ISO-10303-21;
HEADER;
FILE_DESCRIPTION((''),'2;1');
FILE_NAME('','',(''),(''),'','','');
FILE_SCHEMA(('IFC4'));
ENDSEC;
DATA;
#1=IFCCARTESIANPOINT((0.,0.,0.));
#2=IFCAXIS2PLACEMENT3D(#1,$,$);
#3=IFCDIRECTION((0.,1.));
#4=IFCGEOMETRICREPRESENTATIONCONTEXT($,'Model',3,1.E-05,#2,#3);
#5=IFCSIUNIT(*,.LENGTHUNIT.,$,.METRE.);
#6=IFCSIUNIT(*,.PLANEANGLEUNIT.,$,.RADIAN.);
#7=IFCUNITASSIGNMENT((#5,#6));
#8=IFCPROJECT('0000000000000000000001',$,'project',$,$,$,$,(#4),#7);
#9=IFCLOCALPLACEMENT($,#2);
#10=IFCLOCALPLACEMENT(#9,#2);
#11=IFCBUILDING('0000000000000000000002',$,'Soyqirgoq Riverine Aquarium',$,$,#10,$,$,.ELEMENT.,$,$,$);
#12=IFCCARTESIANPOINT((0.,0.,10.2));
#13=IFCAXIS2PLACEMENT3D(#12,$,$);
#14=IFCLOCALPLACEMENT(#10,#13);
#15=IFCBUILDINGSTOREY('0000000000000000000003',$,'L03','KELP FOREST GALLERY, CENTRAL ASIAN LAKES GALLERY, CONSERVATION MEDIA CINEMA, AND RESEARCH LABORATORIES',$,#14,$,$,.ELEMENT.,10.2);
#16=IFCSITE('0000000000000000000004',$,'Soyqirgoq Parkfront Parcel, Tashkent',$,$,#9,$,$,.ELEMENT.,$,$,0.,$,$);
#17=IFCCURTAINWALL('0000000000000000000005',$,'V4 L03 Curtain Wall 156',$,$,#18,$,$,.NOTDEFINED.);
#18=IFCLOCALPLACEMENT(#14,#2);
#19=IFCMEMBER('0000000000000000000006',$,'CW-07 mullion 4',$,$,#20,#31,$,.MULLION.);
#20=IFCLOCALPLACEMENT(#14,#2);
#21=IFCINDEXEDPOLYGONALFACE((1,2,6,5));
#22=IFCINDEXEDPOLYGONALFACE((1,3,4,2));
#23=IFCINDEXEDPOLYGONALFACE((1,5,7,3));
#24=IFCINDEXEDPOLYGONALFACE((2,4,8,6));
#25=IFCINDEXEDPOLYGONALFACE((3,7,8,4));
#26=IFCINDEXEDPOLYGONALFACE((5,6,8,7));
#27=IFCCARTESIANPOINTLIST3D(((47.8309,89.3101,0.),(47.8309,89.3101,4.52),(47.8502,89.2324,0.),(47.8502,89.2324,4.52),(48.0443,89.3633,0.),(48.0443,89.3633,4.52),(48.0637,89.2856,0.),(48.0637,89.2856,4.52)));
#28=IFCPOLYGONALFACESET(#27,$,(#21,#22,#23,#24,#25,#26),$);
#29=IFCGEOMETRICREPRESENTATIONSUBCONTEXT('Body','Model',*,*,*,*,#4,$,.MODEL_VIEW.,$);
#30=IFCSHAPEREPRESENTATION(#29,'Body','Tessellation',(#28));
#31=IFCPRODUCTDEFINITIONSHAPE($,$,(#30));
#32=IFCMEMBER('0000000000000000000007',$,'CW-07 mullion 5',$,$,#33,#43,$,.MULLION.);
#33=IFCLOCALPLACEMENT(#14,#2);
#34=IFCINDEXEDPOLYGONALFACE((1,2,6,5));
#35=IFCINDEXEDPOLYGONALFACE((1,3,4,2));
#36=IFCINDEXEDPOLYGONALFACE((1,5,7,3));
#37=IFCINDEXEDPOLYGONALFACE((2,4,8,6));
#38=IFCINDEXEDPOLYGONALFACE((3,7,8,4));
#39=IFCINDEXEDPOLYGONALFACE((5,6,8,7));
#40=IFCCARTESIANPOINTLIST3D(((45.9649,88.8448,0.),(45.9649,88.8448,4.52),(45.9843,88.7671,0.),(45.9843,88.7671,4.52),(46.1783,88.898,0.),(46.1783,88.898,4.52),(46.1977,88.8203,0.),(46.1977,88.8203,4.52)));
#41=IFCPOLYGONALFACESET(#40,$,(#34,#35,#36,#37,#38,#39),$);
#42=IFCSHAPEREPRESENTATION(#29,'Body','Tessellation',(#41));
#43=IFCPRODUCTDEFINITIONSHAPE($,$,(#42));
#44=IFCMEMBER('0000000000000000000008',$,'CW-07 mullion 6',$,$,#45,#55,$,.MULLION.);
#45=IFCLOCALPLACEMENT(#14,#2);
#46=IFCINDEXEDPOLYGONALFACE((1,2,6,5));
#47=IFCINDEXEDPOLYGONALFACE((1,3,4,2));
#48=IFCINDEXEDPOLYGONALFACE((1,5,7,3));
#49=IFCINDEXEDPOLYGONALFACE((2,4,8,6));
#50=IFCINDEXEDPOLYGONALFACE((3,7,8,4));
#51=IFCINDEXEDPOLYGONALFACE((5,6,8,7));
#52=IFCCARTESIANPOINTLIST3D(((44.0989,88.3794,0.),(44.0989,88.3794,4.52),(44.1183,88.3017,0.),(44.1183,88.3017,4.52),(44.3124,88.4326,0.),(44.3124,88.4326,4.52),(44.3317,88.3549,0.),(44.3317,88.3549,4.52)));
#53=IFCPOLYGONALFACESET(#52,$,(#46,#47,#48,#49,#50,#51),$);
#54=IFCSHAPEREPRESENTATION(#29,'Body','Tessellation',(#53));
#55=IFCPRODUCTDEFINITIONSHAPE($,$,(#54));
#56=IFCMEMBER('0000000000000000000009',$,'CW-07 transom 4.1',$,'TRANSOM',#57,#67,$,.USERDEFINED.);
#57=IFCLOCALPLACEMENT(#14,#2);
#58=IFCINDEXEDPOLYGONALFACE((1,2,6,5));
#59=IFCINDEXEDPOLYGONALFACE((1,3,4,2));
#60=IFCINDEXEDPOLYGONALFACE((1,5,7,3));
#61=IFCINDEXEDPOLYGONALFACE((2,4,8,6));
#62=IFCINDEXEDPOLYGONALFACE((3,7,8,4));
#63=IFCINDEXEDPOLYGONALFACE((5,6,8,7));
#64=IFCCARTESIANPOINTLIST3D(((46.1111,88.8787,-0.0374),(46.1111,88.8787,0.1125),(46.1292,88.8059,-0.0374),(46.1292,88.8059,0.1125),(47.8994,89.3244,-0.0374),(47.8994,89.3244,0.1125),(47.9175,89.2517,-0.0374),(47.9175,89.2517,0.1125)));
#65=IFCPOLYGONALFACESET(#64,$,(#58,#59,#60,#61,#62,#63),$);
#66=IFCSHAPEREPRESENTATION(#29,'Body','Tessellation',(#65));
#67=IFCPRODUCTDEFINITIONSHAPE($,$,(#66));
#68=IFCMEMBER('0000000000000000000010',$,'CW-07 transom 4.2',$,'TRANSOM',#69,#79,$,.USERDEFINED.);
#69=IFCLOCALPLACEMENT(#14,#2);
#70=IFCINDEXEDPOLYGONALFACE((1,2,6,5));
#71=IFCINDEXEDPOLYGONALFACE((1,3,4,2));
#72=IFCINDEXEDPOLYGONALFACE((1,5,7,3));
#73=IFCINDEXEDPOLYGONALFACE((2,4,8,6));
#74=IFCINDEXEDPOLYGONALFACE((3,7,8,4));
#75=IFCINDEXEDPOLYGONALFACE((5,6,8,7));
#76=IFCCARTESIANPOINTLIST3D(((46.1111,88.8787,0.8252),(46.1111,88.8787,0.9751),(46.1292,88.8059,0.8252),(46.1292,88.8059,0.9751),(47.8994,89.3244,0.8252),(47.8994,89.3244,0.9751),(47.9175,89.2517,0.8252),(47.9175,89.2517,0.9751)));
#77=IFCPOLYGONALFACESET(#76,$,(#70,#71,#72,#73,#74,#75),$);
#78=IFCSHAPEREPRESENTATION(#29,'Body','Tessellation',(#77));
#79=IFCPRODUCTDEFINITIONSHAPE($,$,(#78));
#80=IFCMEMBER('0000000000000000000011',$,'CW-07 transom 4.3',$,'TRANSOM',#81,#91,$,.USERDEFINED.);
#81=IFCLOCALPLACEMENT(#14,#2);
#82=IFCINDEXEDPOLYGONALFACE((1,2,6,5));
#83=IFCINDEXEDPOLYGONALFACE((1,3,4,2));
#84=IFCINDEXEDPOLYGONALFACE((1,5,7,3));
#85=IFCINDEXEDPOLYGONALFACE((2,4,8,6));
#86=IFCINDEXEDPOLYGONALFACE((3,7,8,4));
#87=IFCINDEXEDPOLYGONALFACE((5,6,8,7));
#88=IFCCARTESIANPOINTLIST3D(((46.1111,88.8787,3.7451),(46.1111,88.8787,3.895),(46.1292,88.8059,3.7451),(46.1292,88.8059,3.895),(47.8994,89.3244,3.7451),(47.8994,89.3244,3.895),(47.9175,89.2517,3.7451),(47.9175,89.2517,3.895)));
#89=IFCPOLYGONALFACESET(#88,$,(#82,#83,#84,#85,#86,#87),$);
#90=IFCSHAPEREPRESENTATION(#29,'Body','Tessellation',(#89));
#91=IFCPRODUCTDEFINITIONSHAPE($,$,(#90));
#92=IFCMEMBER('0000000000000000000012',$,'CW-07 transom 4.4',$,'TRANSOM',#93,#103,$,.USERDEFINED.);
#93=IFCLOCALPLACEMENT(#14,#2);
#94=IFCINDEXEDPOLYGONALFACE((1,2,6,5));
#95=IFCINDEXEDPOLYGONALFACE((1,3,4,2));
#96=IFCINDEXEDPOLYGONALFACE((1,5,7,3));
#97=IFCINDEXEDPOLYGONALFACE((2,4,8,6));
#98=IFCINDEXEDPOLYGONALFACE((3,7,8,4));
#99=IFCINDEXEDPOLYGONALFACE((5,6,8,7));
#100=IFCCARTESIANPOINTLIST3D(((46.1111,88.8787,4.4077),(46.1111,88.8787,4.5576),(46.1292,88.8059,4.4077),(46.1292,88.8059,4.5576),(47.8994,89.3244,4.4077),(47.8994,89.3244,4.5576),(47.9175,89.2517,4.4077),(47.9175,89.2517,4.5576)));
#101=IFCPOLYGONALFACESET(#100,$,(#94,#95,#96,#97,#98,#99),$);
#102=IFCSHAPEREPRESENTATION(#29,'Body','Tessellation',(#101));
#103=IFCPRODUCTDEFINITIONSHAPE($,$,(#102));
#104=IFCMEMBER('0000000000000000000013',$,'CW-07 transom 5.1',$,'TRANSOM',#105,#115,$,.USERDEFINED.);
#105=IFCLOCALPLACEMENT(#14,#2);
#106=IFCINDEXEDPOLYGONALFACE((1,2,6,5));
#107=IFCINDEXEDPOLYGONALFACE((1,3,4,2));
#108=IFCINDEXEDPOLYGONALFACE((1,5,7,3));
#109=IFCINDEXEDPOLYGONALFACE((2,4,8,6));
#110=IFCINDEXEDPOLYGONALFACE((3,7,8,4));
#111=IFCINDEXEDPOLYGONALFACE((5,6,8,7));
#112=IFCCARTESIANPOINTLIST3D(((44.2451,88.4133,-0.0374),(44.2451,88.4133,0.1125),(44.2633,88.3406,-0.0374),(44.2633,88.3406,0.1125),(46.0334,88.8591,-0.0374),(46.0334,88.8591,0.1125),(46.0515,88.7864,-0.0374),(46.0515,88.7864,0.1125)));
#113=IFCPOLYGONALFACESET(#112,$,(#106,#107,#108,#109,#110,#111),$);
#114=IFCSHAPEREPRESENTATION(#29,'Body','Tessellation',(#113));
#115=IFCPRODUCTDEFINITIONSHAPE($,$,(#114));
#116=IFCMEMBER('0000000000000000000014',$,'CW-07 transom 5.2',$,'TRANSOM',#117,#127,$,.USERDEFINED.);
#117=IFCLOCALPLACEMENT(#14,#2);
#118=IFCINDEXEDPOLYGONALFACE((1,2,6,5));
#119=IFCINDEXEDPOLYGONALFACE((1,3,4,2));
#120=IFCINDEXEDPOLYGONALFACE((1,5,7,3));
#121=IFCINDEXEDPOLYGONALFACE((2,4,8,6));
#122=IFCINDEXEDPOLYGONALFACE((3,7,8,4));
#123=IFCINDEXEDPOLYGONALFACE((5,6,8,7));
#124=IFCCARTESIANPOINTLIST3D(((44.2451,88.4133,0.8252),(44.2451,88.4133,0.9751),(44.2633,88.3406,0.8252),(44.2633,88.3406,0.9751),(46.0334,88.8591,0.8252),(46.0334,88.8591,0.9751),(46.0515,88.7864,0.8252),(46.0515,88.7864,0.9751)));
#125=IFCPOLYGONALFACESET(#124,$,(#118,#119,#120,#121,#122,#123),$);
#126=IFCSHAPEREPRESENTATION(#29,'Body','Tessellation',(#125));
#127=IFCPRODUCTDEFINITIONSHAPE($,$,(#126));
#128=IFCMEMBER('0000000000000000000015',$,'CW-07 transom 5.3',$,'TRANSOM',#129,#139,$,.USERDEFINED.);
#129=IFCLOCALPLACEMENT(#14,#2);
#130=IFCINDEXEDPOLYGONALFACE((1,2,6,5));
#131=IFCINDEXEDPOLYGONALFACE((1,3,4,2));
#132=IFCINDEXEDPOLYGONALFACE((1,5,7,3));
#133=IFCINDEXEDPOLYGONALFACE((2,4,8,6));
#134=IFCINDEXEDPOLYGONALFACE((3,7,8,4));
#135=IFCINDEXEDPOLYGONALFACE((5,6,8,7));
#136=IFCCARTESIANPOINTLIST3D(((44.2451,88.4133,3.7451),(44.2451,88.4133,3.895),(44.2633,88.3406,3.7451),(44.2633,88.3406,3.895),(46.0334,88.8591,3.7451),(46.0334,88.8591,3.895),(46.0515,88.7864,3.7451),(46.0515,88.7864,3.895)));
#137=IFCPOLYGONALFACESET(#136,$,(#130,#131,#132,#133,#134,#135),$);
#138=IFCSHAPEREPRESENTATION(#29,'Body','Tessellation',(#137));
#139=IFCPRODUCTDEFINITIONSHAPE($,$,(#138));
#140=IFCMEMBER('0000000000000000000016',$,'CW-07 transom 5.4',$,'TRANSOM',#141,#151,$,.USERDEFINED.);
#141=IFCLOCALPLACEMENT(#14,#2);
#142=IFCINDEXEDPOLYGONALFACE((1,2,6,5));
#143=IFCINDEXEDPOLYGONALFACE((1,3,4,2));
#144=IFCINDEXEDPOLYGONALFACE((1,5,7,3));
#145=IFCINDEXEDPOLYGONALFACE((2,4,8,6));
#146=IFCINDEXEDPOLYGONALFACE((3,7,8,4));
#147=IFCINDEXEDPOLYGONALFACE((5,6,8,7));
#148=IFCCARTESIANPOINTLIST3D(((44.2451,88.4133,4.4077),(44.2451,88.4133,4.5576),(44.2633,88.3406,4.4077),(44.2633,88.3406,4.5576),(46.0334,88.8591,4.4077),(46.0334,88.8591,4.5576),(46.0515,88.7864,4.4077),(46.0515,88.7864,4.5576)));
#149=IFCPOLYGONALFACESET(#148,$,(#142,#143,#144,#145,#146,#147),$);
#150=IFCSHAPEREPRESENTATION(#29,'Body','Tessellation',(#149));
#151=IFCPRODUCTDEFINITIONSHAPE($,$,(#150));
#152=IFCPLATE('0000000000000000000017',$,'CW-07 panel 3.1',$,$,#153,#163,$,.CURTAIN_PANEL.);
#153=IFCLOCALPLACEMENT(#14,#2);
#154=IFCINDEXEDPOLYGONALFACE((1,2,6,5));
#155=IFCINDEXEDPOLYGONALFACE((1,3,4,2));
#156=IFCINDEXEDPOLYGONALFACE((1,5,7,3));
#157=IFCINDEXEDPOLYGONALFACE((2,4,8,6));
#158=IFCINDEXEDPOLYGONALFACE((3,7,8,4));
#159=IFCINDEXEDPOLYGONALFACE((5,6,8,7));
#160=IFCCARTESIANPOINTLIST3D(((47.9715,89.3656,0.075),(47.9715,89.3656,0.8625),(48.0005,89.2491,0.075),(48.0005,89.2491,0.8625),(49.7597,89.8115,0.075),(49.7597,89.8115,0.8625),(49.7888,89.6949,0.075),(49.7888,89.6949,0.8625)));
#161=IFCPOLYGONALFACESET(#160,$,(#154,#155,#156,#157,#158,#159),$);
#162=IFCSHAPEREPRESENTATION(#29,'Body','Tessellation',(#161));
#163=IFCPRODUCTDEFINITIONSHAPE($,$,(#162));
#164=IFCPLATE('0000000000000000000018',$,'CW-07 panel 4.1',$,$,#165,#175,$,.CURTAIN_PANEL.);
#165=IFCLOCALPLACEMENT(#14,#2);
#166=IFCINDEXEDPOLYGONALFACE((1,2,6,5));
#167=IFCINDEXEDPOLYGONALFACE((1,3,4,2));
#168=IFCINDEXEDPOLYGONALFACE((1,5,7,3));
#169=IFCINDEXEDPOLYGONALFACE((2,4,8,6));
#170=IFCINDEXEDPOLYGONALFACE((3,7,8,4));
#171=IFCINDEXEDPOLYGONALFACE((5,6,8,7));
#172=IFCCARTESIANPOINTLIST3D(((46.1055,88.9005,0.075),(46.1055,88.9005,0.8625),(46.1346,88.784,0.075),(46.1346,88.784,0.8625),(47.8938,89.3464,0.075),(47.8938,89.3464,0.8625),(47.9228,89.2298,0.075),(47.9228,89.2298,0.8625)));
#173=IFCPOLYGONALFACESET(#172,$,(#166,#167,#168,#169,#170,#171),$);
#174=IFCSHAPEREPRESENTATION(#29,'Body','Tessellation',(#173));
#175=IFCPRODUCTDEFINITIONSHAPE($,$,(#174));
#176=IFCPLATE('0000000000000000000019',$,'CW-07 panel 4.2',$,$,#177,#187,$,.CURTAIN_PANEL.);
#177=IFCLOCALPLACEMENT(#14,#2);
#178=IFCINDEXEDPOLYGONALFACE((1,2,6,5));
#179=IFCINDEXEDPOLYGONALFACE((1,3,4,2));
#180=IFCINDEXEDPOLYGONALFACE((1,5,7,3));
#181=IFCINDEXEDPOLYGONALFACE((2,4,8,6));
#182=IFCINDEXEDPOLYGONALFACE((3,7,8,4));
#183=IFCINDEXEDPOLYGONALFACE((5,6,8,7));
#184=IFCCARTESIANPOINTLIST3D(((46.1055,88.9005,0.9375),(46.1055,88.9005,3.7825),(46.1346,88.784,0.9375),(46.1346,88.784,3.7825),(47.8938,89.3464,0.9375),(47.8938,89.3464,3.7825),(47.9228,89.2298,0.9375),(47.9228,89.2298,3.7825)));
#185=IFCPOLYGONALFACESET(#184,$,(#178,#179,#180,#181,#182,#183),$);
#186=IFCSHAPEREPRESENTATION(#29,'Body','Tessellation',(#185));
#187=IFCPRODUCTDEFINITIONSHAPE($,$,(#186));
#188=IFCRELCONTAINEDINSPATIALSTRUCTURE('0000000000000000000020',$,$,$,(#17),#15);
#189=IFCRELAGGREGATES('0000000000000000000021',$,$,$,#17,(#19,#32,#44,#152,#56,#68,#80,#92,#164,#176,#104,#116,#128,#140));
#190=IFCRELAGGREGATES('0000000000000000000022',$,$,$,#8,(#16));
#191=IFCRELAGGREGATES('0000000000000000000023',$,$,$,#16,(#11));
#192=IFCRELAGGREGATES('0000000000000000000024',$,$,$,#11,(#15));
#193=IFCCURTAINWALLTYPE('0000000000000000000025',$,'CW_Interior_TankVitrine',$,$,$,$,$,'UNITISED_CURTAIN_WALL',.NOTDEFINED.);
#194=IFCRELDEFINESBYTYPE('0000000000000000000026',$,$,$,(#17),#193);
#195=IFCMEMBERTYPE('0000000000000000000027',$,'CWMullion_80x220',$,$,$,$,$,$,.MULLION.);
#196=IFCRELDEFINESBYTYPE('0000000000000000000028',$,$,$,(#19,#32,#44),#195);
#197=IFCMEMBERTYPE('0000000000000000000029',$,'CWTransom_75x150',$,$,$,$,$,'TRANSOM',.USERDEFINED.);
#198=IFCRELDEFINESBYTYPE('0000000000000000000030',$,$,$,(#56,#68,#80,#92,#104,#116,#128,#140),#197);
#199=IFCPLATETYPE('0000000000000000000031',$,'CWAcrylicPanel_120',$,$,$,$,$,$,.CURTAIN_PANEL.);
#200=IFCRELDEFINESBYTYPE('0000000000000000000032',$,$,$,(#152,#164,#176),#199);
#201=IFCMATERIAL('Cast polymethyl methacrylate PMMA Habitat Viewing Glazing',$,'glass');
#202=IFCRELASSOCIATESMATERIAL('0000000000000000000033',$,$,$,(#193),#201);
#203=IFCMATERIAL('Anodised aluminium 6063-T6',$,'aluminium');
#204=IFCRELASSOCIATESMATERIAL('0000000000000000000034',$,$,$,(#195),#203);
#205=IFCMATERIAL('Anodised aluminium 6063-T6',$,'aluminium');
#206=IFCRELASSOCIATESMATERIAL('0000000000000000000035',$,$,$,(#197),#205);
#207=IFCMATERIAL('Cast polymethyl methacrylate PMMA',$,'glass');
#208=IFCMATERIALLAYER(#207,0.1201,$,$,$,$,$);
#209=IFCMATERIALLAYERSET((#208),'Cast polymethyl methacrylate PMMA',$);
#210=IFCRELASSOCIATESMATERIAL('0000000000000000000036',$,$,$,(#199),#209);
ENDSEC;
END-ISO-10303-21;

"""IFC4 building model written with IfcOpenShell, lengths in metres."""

from ifc_helpers import new_model, si_unit, direction, frame, origin, origin_2d, place, context, subcontext, project, spatial, rectangle, extrude, material, layer, layer_set, material_profile, profile_set, type_object, element, aggregate, save


model = new_model("IFC4")

# Units and contexts
model_context = context("Model", 3, precision=1e-05, world=origin(), true_north=direction((0.0, 1.0)))
body_context = subcontext(model_context, "Body", "Model", "MODEL_VIEW")
ifc_project = project(units=[si_unit("LENGTHUNIT", "METRE"), si_unit("PLANEANGLEUNIT", "RADIAN")], contexts=[model_context])

# Site, building, storey
site_placement = place(None, origin())
site = spatial("IfcSite", under=ifc_project, at=site_placement, Name="Soyqirgoq Parkfront Parcel, Tashkent", CompositionType="ELEMENT", RefElevation=0.0)
building_placement = place(site_placement, origin())
building = spatial("IfcBuilding", under=site, at=building_placement, Name="Soyqirgoq Riverine Aquarium", CompositionType="ELEMENT")
storey_placement = place(building_placement, frame((0.0, 0.0, 10.2)))
storey = spatial("IfcBuildingStorey", under=building, at=storey_placement, Name="L03", Description="KELP FOREST GALLERY, CENTRAL ASIAN LAKES GALLERY, CONSERVATION MEDIA CINEMA, AND RESEARCH LABORATORIES", CompositionType="ELEMENT", Elevation=10.2)

# Curtain wall, members, plates
ifc_material_1 = material(Name="Cast polymethyl methacrylate PMMA Habitat Viewing Glazing", Category="glass")
curtain_wall_type = type_object("IfcCurtainWallType", Name="CW_Interior_TankVitrine", ElementType="UNITISED_CURTAIN_WALL", PredefinedType="NOTDEFINED", material=ifc_material_1)
curtain_wall_placement = place(storey_placement, origin())
curtain_wall = element("IfcCurtainWall", 1, at=curtain_wall_placement, inside=storey, type_object=curtain_wall_type, Name="V4 L03 Curtain Wall 156", PredefinedType="NOTDEFINED")
ifc_material_2 = material(Name="Anodised aluminium 6063-T6", Category="aluminium")
ifc_material_profile_1 = material_profile(ifc_material_2, rectangle(XDim=0.0801, YDim=0.22, at=origin_2d()), Name="ALU-M 80x220")
ifc_profile_set_1 = profile_set([ifc_material_profile_1], Name="Anodised aluminium 6063-T6")
member_type_1 = type_object("IfcMemberType", Name="CWMullion_80x220", PredefinedType="MULLION", material=ifc_profile_set_1)
member_1_placement = place(storey_placement, frame((47.9473, 89.2979, 0.0), z_axis=(0.0, 0.0, 1.0), x_axis=(0.241926, -0.970295, 0.0)))
member_1 = element("IfcMember", 2, at=member_1_placement, type_object=member_type_1, Name="CW-07 mullion 4", PredefinedType="MULLION", context=body_context, shape_type="SweptSolid", body=[
    extrude(rectangle(XDim=0.0801, YDim=0.22, at=origin_2d()), origin(), (0.0, 0.0, 1.0), 4.52),
])
member_2_placement = place(storey_placement, frame((46.0813, 88.8325, 0.0), z_axis=(0.0, 0.0, 1.0), x_axis=(0.241926, -0.970295, 0.0)))
member_2 = element("IfcMember", 3, at=member_2_placement, type_object=member_type_1, Name="CW-07 mullion 5", PredefinedType="MULLION", context=body_context, shape_type="SweptSolid", body=[
    extrude(rectangle(XDim=0.0801, YDim=0.22, at=origin_2d()), origin(), (0.0, 0.0, 1.0), 4.52),
])
member_3_placement = place(storey_placement, frame((44.2153, 88.3672, 0.0), z_axis=(0.0, 0.0, 1.0), x_axis=(0.241926, -0.970295, 0.0)))
member_3 = element("IfcMember", 4, at=member_3_placement, type_object=member_type_1, Name="CW-07 mullion 6", PredefinedType="MULLION", context=body_context, shape_type="SweptSolid", body=[
    extrude(rectangle(XDim=0.0801, YDim=0.22, at=origin_2d()), origin(), (0.0, 0.0, 1.0), 4.52),
])
ifc_material_3 = material(Name="Anodised aluminium 6063-T6", Category="aluminium")
ifc_material_profile_2 = material_profile(ifc_material_3, rectangle(XDim=0.075, YDim=0.1499, at=origin_2d()), Name="ALU-T 75x150")
ifc_profile_set_2 = profile_set([ifc_material_profile_2], Name="Anodised aluminium 6063-T6")
member_type_2 = type_object("IfcMemberType", Name="CWTransom_75x150", ElementType="TRANSOM", PredefinedType="USERDEFINED", material=ifc_profile_set_2)
member_4_placement = place(storey_placement, frame((47.9084, 89.2881, 0.0376), z_axis=(-0.970306, -0.241881, 0.0), x_axis=(0.241881, -0.970306, 0.0)))
member_4 = element("IfcMember", 5, at=member_4_placement, type_object=member_type_2, Name="CW-07 transom 4.1", ObjectType="TRANSOM", PredefinedType="USERDEFINED", context=body_context, shape_type="SweptSolid", body=[
    extrude(rectangle(XDim=0.075, YDim=0.1499, at=origin_2d()), origin(), (0.0, 0.0, 1.0), 1.843),
])
member_5_placement = place(storey_placement, frame((47.9084, 89.2881, 0.9001), z_axis=(-0.970306, -0.241881, 0.0), x_axis=(0.241881, -0.970306, 0.0)))
member_5 = element("IfcMember", 6, at=member_5_placement, type_object=member_type_2, Name="CW-07 transom 4.2", ObjectType="TRANSOM", PredefinedType="USERDEFINED", context=body_context, shape_type="SweptSolid", body=[
    extrude(rectangle(XDim=0.075, YDim=0.1499, at=origin_2d()), origin(), (0.0, 0.0, 1.0), 1.843),
])
member_6_placement = place(storey_placement, frame((47.9084, 89.2881, 3.8201), z_axis=(-0.970306, -0.241881, 0.0), x_axis=(0.241881, -0.970306, 0.0)))
member_6 = element("IfcMember", 7, at=member_6_placement, type_object=member_type_2, Name="CW-07 transom 4.3", ObjectType="TRANSOM", PredefinedType="USERDEFINED", context=body_context, shape_type="SweptSolid", body=[
    extrude(rectangle(XDim=0.075, YDim=0.1499, at=origin_2d()), origin(), (0.0, 0.0, 1.0), 1.843),
])
member_7_placement = place(storey_placement, frame((47.9084, 89.2881, 4.4827), z_axis=(-0.970306, -0.241881, 0.0), x_axis=(0.241881, -0.970306, 0.0)))
member_7 = element("IfcMember", 8, at=member_7_placement, type_object=member_type_2, Name="CW-07 transom 4.4", ObjectType="TRANSOM", PredefinedType="USERDEFINED", context=body_context, shape_type="SweptSolid", body=[
    extrude(rectangle(XDim=0.075, YDim=0.1499, at=origin_2d()), origin(), (0.0, 0.0, 1.0), 1.843),
])
member_8_placement = place(storey_placement, frame((46.0425, 88.8228, 0.0376), z_axis=(-0.970306, -0.241881, 0.0), x_axis=(0.241881, -0.970306, 0.0)))
member_8 = element("IfcMember", 9, at=member_8_placement, type_object=member_type_2, Name="CW-07 transom 5.1", ObjectType="TRANSOM", PredefinedType="USERDEFINED", context=body_context, shape_type="SweptSolid", body=[
    extrude(rectangle(XDim=0.075, YDim=0.1499, at=origin_2d()), origin(), (0.0, 0.0, 1.0), 1.843),
])
member_9_placement = place(storey_placement, frame((46.0425, 88.8228, 0.9001), z_axis=(-0.970306, -0.241881, 0.0), x_axis=(0.241881, -0.970306, 0.0)))
member_9 = element("IfcMember", 10, at=member_9_placement, type_object=member_type_2, Name="CW-07 transom 5.2", ObjectType="TRANSOM", PredefinedType="USERDEFINED", context=body_context, shape_type="SweptSolid", body=[
    extrude(rectangle(XDim=0.075, YDim=0.1499, at=origin_2d()), origin(), (0.0, 0.0, 1.0), 1.843),
])
member_10_placement = place(storey_placement, frame((46.0425, 88.8228, 3.8201), z_axis=(-0.970306, -0.241881, 0.0), x_axis=(0.241881, -0.970306, 0.0)))
member_10 = element("IfcMember", 11, at=member_10_placement, type_object=member_type_2, Name="CW-07 transom 5.3", ObjectType="TRANSOM", PredefinedType="USERDEFINED", context=body_context, shape_type="SweptSolid", body=[
    extrude(rectangle(XDim=0.075, YDim=0.1499, at=origin_2d()), origin(), (0.0, 0.0, 1.0), 1.843),
])
member_11_placement = place(storey_placement, frame((46.0425, 88.8228, 4.4827), z_axis=(-0.970306, -0.241881, 0.0), x_axis=(0.241881, -0.970306, 0.0)))
member_11 = element("IfcMember", 12, at=member_11_placement, type_object=member_type_2, Name="CW-07 transom 5.4", ObjectType="TRANSOM", PredefinedType="USERDEFINED", context=body_context, shape_type="SweptSolid", body=[
    extrude(rectangle(XDim=0.075, YDim=0.1499, at=origin_2d()), origin(), (0.0, 0.0, 1.0), 1.843),
])
ifc_material_4 = material(Name="Cast polymethyl methacrylate PMMA", Category="glass")
ifc_layer = layer(ifc_material_4, 0.1201)
ifc_layer_set = layer_set([ifc_layer], Name="Cast polymethyl methacrylate PMMA")
plate_type = type_object("IfcPlateType", Name="CWAcrylicPanel_120", PredefinedType="CURTAIN_PANEL", material=ifc_layer_set)
plate_1_placement = place(storey_placement, frame((48.8801, 89.5303, 0.075), z_axis=(0.0, 0.0, 1.0), x_axis=(-0.970295, -0.241926, 0.0)))
plate_1 = element("IfcPlate", 13, at=plate_1_placement, type_object=plate_type, Name="CW-07 panel 3.1", PredefinedType="CURTAIN_PANEL", context=body_context, shape_type="SweptSolid", body=[
    extrude(rectangle(XDim=1.843, YDim=0.1201, at=origin_2d()), origin(), (0.0, 0.0, 1.0), 0.7876),
])
plate_2_placement = place(storey_placement, frame((47.0142, 89.0652, 0.075), z_axis=(0.0, 0.0, 1.0), x_axis=(-0.970295, -0.241926, 0.0)))
plate_2 = element("IfcPlate", 14, at=plate_2_placement, type_object=plate_type, Name="CW-07 panel 4.1", PredefinedType="CURTAIN_PANEL", context=body_context, shape_type="SweptSolid", body=[
    extrude(rectangle(XDim=1.843, YDim=0.1201, at=origin_2d()), origin(), (0.0, 0.0, 1.0), 0.7876),
])
plate_3_placement = place(storey_placement, frame((47.0142, 89.0652, 0.9375), z_axis=(0.0, 0.0, 1.0), x_axis=(-0.970295, -0.241926, 0.0)))
plate_3 = element("IfcPlate", 15, at=plate_3_placement, type_object=plate_type, Name="CW-07 panel 4.2", PredefinedType="CURTAIN_PANEL", context=body_context, shape_type="SweptSolid", body=[
    extrude(rectangle(XDim=1.843, YDim=0.1201, at=origin_2d()), origin(), (0.0, 0.0, 1.0), 2.845),
])
aggregate(curtain_wall, [member_1, member_2, member_3, plate_1, member_4, member_5, member_6, member_7, plate_2, plate_3, member_8, member_9, member_10, member_11])

save(model, "model.ifc")
